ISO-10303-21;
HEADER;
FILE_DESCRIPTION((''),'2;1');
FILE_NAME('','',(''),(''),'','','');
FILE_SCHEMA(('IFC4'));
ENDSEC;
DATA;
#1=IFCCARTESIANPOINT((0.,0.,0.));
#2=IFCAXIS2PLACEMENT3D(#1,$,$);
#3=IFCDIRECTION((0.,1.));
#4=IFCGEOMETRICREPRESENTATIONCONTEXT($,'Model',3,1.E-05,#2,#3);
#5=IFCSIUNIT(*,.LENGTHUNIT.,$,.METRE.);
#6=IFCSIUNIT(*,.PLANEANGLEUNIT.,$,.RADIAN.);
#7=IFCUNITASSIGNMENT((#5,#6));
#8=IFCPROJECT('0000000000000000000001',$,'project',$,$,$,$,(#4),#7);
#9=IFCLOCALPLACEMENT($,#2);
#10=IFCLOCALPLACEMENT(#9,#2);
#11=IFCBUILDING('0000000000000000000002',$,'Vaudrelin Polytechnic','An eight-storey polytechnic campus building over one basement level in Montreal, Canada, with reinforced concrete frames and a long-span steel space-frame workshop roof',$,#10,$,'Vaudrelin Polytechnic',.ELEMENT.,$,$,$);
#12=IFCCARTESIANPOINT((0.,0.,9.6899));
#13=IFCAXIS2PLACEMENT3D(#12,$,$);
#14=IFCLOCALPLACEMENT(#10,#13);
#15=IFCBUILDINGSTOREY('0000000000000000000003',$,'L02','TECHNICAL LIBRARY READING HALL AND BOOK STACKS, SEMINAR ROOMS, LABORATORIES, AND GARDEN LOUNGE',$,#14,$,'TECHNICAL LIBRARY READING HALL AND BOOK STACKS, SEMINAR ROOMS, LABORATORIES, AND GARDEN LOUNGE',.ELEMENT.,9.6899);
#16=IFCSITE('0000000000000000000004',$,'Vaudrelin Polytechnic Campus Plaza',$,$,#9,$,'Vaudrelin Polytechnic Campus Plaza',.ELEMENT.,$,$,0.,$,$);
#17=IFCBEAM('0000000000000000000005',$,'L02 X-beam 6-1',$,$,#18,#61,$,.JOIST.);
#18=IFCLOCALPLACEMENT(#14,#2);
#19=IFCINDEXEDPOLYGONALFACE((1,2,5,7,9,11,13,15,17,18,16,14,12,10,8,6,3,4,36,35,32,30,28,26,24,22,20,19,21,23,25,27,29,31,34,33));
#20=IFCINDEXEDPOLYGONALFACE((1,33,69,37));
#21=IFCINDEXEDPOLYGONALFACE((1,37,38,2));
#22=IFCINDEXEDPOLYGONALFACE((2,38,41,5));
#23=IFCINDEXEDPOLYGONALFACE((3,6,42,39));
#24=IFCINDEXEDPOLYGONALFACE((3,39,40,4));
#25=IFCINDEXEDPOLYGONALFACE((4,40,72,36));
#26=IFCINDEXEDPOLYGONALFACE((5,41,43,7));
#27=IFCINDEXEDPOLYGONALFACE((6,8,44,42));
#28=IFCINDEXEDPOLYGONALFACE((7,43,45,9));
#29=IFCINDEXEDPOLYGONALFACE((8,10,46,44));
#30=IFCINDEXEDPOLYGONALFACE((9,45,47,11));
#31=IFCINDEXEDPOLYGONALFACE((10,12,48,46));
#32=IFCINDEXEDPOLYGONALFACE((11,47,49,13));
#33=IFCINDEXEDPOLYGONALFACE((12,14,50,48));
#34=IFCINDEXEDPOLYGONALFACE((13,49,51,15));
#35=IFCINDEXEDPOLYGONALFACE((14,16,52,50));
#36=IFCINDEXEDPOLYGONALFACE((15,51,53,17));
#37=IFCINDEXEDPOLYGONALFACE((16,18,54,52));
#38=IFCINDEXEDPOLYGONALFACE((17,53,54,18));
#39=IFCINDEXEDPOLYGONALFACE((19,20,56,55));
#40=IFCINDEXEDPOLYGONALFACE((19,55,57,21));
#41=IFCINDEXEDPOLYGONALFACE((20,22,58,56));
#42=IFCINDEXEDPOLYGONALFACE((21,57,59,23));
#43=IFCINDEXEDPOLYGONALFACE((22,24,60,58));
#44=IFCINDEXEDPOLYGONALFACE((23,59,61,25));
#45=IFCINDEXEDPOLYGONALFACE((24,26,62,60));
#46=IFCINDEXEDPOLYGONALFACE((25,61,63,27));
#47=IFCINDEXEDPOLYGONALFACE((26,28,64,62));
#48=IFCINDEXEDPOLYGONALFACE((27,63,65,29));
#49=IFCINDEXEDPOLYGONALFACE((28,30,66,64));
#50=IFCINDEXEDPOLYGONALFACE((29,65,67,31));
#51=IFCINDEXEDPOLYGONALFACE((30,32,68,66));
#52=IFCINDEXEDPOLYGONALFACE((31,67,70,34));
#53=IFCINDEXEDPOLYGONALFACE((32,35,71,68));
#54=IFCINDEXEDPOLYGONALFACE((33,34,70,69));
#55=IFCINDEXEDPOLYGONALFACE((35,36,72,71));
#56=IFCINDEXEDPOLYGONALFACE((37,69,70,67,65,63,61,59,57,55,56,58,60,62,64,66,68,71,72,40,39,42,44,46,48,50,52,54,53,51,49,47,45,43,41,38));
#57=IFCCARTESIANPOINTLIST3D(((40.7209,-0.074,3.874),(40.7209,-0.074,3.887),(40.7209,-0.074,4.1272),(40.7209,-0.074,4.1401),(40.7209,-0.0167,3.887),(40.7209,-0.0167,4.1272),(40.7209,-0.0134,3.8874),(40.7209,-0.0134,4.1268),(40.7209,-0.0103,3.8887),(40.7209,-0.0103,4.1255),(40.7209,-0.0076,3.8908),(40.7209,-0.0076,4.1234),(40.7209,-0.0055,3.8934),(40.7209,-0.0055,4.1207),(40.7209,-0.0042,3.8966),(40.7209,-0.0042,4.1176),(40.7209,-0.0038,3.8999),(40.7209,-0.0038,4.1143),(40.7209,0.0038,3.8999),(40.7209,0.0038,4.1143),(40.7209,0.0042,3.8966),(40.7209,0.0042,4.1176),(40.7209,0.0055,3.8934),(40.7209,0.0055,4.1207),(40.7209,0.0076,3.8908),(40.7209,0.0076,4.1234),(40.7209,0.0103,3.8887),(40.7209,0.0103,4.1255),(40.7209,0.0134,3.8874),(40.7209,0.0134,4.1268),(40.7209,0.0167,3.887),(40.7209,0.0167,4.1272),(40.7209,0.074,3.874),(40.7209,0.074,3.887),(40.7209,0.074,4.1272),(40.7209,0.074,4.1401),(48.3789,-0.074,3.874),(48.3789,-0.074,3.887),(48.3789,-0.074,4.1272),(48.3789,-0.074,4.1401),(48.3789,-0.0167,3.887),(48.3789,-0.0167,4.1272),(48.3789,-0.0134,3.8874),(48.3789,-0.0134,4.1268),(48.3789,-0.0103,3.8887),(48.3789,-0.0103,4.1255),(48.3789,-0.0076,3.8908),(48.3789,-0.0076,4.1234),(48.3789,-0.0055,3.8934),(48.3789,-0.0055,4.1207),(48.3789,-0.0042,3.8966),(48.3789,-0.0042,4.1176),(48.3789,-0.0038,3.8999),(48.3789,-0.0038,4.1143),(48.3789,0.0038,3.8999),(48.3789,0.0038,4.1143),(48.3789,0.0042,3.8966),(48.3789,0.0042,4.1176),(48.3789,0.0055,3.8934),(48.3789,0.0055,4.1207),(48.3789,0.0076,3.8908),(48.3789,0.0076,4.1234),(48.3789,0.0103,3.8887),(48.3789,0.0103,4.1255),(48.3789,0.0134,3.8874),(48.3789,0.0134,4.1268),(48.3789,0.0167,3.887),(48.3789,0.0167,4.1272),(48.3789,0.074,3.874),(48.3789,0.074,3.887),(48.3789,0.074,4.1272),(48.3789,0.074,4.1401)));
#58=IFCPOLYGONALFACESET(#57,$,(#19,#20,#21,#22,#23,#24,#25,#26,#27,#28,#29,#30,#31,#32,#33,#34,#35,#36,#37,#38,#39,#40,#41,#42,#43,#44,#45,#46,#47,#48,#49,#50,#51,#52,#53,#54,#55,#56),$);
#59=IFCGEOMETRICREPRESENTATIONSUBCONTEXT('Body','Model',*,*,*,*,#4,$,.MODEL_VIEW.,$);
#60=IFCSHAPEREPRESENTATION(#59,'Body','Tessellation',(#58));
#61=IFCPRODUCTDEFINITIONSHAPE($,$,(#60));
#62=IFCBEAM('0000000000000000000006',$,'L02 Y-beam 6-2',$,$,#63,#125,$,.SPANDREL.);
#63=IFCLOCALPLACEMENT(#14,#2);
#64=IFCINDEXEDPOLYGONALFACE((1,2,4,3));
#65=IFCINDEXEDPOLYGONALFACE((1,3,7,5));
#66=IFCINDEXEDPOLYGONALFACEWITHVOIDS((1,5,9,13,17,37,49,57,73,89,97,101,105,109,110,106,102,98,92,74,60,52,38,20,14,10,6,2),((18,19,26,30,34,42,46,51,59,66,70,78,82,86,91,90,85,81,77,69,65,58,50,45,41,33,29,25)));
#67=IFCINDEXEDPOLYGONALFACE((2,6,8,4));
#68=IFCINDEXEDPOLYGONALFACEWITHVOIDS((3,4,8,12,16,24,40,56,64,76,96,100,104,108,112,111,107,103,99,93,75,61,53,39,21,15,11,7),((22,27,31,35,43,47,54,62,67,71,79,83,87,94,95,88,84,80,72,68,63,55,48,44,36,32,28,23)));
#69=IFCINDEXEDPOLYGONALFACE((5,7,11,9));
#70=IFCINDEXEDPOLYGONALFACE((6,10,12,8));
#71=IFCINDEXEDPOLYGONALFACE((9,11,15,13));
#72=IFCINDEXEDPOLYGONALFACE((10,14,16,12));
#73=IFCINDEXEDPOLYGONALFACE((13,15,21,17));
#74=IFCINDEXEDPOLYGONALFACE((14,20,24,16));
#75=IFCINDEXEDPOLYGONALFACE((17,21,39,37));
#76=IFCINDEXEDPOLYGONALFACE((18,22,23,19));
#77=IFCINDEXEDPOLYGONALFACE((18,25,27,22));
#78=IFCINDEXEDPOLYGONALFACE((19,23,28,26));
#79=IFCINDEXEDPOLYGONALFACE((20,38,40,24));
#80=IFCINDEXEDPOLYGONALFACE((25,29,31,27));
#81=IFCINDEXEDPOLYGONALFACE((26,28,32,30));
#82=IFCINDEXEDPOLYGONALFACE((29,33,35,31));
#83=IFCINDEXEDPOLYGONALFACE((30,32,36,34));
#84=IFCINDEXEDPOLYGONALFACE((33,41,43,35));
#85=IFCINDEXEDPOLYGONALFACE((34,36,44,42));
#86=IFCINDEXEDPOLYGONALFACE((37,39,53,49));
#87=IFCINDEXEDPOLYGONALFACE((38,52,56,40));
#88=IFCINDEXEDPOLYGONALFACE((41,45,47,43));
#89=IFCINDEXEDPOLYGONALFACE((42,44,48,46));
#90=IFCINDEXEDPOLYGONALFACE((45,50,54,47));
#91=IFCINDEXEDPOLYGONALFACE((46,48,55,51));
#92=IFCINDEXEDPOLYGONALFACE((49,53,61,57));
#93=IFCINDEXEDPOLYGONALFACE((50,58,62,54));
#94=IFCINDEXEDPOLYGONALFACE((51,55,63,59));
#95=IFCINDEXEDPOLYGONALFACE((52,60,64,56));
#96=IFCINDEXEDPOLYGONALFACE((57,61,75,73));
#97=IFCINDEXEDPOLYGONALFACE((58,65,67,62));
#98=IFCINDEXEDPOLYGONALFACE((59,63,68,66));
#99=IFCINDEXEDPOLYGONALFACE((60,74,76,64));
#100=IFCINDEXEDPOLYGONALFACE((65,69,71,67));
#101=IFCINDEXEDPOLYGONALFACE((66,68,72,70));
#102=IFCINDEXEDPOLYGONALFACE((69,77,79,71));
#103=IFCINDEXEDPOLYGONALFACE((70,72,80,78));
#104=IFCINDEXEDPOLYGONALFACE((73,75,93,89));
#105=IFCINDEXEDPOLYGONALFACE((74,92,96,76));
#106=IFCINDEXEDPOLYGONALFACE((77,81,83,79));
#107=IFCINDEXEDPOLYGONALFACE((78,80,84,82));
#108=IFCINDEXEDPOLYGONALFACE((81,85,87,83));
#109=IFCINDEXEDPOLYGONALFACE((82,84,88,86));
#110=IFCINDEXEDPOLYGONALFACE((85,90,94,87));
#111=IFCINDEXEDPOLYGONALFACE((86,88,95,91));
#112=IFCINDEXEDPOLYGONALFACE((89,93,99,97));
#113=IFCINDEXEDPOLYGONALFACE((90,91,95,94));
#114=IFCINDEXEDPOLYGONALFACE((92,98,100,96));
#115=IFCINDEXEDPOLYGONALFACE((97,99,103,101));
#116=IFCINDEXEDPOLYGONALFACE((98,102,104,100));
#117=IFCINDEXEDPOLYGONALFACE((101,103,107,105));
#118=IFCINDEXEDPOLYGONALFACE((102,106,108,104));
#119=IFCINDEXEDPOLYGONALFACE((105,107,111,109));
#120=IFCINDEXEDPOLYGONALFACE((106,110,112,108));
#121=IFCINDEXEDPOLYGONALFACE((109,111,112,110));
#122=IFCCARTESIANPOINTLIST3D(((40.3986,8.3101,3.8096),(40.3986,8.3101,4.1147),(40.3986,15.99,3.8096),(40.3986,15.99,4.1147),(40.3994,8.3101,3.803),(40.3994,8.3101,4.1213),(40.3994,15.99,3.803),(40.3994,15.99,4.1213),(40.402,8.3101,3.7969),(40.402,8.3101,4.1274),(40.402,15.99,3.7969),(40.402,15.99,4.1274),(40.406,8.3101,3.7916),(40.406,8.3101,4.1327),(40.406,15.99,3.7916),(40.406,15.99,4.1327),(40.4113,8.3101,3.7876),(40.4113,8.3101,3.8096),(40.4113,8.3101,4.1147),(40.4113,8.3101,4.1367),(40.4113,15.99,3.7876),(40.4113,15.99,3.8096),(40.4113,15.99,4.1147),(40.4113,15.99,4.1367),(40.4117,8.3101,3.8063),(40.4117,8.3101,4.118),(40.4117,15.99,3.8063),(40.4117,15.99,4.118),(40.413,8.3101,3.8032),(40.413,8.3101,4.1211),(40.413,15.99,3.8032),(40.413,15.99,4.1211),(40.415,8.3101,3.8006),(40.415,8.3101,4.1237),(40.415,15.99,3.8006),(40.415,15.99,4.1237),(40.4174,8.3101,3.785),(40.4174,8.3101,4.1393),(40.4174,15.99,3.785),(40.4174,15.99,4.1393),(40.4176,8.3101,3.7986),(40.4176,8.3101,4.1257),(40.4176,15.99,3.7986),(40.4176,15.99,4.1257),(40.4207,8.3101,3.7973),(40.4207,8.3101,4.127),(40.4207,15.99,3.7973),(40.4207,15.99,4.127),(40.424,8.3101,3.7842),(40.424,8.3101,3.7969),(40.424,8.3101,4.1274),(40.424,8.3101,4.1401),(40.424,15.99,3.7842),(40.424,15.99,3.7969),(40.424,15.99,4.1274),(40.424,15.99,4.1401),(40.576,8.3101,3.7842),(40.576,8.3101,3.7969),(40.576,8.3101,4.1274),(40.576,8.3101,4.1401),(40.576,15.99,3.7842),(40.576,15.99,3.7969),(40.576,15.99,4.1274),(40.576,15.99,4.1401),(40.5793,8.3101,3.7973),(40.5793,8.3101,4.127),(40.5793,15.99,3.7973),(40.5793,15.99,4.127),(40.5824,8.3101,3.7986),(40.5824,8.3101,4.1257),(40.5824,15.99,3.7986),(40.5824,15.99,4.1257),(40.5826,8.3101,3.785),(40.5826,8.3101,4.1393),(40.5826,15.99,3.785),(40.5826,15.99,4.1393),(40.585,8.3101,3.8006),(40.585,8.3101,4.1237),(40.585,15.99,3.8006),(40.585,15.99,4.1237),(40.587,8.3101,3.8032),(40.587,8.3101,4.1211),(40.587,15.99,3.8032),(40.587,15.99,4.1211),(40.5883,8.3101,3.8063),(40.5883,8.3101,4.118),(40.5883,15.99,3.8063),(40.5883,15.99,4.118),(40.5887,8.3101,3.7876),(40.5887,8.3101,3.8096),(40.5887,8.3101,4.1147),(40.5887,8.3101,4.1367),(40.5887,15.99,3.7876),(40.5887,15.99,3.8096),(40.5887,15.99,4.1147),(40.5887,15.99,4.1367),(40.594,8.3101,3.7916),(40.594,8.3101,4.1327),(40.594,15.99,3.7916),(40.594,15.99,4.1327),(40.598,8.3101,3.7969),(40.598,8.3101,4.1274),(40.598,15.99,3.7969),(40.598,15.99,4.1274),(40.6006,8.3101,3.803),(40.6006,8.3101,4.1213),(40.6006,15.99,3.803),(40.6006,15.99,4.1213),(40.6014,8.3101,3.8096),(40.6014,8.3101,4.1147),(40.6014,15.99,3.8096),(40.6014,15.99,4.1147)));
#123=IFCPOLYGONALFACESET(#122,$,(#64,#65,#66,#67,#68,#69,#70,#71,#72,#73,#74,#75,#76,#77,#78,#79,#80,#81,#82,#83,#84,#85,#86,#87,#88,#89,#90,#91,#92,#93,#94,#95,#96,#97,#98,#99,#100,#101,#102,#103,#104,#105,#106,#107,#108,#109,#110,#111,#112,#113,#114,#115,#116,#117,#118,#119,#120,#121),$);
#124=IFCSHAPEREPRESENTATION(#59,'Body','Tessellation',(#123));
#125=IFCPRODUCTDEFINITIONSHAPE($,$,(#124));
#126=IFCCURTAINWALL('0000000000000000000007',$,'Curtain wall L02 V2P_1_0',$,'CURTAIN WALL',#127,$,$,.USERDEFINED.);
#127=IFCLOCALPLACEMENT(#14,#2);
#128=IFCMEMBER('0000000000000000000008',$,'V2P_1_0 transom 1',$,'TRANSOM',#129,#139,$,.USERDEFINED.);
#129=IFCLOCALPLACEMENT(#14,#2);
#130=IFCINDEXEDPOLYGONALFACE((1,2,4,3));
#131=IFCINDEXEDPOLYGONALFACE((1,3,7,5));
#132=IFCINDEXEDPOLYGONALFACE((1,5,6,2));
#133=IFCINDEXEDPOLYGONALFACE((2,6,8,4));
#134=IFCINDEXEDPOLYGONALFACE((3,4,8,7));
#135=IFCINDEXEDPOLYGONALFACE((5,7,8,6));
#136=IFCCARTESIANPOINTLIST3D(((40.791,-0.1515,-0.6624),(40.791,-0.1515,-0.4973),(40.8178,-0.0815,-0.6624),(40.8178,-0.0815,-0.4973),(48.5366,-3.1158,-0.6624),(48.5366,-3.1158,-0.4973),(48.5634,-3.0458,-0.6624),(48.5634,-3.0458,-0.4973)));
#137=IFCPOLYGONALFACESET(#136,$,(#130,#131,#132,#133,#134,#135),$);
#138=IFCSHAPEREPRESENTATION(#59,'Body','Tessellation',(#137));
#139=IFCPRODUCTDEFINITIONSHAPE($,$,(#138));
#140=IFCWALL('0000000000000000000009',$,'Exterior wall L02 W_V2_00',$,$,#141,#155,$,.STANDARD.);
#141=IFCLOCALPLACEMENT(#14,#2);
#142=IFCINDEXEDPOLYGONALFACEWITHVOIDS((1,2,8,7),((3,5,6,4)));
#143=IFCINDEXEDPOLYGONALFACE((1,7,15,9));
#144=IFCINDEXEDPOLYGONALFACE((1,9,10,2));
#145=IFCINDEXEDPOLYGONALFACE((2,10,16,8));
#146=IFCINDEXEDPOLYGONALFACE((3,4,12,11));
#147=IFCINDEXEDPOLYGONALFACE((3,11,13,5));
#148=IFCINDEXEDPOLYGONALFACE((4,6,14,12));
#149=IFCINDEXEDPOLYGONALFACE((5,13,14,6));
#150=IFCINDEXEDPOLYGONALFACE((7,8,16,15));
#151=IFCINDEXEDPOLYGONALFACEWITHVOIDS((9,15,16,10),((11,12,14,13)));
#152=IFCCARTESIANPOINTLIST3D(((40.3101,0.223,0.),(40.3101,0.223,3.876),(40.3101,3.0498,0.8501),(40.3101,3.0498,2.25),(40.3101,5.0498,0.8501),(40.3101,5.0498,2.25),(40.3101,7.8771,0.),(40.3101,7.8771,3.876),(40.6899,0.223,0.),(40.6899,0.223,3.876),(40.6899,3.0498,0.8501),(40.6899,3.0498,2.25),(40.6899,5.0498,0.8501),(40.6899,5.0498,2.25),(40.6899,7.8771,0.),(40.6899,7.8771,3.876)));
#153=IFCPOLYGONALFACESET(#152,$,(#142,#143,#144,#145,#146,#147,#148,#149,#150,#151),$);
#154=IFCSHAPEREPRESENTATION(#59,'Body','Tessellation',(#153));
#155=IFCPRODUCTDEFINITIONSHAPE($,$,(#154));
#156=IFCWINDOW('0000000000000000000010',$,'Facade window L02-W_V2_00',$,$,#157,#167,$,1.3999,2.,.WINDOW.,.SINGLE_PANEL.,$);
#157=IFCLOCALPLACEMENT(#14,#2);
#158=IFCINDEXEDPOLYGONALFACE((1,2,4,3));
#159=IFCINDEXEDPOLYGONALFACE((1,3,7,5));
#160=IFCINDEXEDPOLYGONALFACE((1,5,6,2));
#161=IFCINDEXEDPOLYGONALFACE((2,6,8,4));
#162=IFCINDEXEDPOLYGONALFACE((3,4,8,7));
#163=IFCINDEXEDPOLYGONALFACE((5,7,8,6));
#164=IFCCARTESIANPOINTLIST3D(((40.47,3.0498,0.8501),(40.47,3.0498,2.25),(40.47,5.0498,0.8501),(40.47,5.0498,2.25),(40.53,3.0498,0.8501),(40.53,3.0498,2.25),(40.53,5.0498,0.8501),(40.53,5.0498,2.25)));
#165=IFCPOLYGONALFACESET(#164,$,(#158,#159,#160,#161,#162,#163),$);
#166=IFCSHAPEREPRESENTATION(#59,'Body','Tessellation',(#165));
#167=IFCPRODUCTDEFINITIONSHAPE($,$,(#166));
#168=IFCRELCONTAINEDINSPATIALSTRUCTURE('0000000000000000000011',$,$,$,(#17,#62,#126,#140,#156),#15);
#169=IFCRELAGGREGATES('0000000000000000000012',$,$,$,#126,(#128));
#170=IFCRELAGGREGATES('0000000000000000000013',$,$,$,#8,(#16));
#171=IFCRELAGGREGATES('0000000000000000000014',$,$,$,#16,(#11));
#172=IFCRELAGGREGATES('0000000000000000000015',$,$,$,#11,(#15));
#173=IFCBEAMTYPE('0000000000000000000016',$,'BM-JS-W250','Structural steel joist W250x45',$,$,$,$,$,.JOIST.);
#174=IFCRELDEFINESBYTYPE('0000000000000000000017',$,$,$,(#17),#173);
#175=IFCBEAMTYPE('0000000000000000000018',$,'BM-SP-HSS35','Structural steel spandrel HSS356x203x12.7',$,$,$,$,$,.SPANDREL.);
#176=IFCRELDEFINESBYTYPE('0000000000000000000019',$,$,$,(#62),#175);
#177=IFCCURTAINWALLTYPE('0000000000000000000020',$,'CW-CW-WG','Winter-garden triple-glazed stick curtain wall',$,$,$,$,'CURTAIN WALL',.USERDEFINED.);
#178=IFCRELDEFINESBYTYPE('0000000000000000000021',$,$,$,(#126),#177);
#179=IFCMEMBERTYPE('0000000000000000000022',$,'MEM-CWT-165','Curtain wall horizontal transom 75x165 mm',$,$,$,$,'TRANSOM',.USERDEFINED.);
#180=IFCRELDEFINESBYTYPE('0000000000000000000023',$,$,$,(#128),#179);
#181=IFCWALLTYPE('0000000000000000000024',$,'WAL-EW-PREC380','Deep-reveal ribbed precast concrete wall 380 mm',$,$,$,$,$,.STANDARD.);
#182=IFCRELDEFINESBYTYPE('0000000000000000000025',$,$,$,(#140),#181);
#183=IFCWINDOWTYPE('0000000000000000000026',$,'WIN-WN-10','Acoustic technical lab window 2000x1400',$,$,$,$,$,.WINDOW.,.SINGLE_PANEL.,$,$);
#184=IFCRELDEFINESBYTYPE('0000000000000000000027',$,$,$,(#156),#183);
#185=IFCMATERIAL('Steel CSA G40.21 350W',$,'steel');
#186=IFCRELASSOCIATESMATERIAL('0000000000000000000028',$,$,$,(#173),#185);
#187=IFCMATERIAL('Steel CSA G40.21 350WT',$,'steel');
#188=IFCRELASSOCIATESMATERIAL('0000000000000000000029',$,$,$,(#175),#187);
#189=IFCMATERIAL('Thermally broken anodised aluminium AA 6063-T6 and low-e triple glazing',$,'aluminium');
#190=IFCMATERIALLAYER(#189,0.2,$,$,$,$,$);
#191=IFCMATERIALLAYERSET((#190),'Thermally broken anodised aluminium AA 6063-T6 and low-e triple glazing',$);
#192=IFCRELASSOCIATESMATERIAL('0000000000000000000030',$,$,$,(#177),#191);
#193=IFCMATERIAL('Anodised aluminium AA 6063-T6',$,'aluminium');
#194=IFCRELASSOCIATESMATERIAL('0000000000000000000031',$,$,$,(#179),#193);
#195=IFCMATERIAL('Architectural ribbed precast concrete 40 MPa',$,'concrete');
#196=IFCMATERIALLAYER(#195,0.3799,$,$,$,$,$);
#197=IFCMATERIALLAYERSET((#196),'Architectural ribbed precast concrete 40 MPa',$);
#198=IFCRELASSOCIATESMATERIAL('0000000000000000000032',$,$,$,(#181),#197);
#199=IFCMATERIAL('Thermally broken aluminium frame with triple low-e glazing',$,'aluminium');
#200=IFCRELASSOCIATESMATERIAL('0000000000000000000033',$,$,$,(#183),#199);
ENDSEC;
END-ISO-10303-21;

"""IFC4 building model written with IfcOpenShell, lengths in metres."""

from ifc_helpers import new_model, si_unit, direction, frame, frame_2d, origin, origin_2d, place, context, subcontext, project, spatial, rectangle, hollow_rectangle, i_section, extrude, material, layer, layer_set, material_profile, profile_set, type_object, element, fill, aggregate, save


model = new_model("IFC4")

# Units and contexts
model_context = context("Model", 3, precision=1e-05, world=origin(), true_north=direction((0.0, 1.0)))
body_context = subcontext(model_context, "Body", "Model", "MODEL_VIEW")
ifc_project = project(units=[si_unit("LENGTHUNIT", "METRE"), si_unit("PLANEANGLEUNIT", "RADIAN")], contexts=[model_context])

# Site, building, storey
site_placement = place(None, origin())
site = spatial("IfcSite", under=ifc_project, at=site_placement, Name="Vaudrelin Polytechnic Campus Plaza", LongName="Vaudrelin Polytechnic Campus Plaza", CompositionType="ELEMENT", RefElevation=0.0)
building_placement = place(site_placement, origin())
building = spatial("IfcBuilding", under=site, at=building_placement, Name="Vaudrelin Polytechnic", Description="An eight-storey polytechnic campus building over one basement level in Montreal, Canada, with reinforced concrete frames and a long-span steel space-frame workshop roof", LongName="Vaudrelin Polytechnic", CompositionType="ELEMENT")
storey_placement = place(building_placement, frame((0.0, 0.0, 9.6899)))
storey = spatial("IfcBuildingStorey", under=building, at=storey_placement, Name="L02", Description="TECHNICAL LIBRARY READING HALL AND BOOK STACKS, SEMINAR ROOMS, LABORATORIES, AND GARDEN LOUNGE", LongName="TECHNICAL LIBRARY READING HALL AND BOOK STACKS, SEMINAR ROOMS, LABORATORIES, AND GARDEN LOUNGE", CompositionType="ELEMENT", Elevation=9.6899)

# Shared definitions
ifc_material_1 = material(Name="Steel CSA G40.21 350W", Category="steel")

# Beams
ifc_material_profile_1 = material_profile(ifc_material_1, i_section(OverallWidth=0.1479, OverallDepth=0.2661, WebThickness=0.0076, FlangeThickness=0.0129, FilletRadius=0.0129, at=origin_2d()), Name="W250x45")
ifc_profile_set_1 = profile_set([ifc_material_profile_1], Name="Steel CSA G40.21 350W")
beam_type_1 = type_object("IfcBeamType", Name="BM-JS-W250", Description="Structural steel joist W250x45", PredefinedType="JOIST", material=ifc_profile_set_1)
beam_1_placement = place(storey_placement, frame((40.7209, 0.0, 4.0071), z_axis=(1.0, 0.0, 0.0), x_axis=(0.0, 1.0, 0.0)))
element("IfcBeam", 1, at=beam_1_placement, inside=storey, type_object=beam_type_1, Name="L02 X-beam 6-1", PredefinedType="JOIST", context=body_context, shape_type="SweptSolid", body=[
    extrude(i_section(OverallWidth=0.1479, OverallDepth=0.2661, WebThickness=0.0076, FlangeThickness=0.0129, FilletRadius=0.0129, at=origin_2d()), origin(), (0.0, 0.0, 1.0), 7.658),
])
ifc_material_2 = material(Name="Steel CSA G40.21 350WT", Category="steel")
ifc_material_profile_2 = material_profile(ifc_material_2, hollow_rectangle(XDim=0.2029, YDim=0.356, WallThickness=0.0127, InnerFilletRadius=0.0127, OuterFilletRadius=0.0254, at=origin_2d()), Name="HSS356x203x12.7")
ifc_profile_set_2 = profile_set([ifc_material_profile_2], Name="Steel CSA G40.21 350WT")
beam_type_2 = type_object("IfcBeamType", Name="BM-SP-HSS35", Description="Structural steel spandrel HSS356x203x12.7", PredefinedType="SPANDREL", material=ifc_profile_set_2)
beam_2_placement = place(storey_placement, frame((40.5, 8.3101, 3.9622), z_axis=(0.0, 1.0, 0.0), x_axis=(-1.0, 0.0, 0.0)))
element("IfcBeam", 2, at=beam_2_placement, inside=storey, type_object=beam_type_2, Name="L02 Y-beam 6-2", PredefinedType="SPANDREL", context=body_context, shape_type="SweptSolid", body=[
    extrude(hollow_rectangle(XDim=0.2029, YDim=0.356, WallThickness=0.0127, InnerFilletRadius=0.0127, OuterFilletRadius=0.0254, at=origin_2d()), origin(), (0.0, 0.0, 1.0), 7.6799),
])

# Curtain wall, member
ifc_material_3 = material(Name="Thermally broken anodised aluminium AA 6063-T6 and low-e triple glazing", Category="aluminium")
ifc_layer_1 = layer(ifc_material_3, 0.2)
ifc_layer_set_1 = layer_set([ifc_layer_1], Name="Thermally broken anodised aluminium AA 6063-T6 and low-e triple glazing")
curtain_wall_type = type_object("IfcCurtainWallType", Name="CW-CW-WG", Description="Winter-garden triple-glazed stick curtain wall", ElementType="CURTAIN WALL", PredefinedType="USERDEFINED", material=ifc_layer_set_1)
curtain_wall_placement = place(storey_placement, origin())
curtain_wall = element("IfcCurtainWall", 3, at=curtain_wall_placement, inside=storey, type_object=curtain_wall_type, Name="Curtain wall L02 V2P_1_0", ObjectType="CURTAIN WALL", PredefinedType="USERDEFINED")
ifc_material_4 = material(Name="Anodised aluminium AA 6063-T6", Category="aluminium")
ifc_material_profile_3 = material_profile(ifc_material_4, rectangle(XDim=0.075, YDim=0.165, at=origin_2d()), Name="CWT-75x165")
ifc_profile_set_3 = profile_set([ifc_material_profile_3], Name="Anodised aluminium AA 6063-T6")
member_type = type_object("IfcMemberType", Name="MEM-CWT-165", Description="Curtain wall horizontal transom 75x165 mm", ElementType="TRANSOM", PredefinedType="USERDEFINED", material=ifc_profile_set_3)
member_placement = place(storey_placement, frame((40.8044, -0.1165, -0.5798), z_axis=(0.933939, -0.357432, 0.0), x_axis=(0.357432, 0.933939, 0.0)))
member = element("IfcMember", 4, at=member_placement, type_object=member_type, Name="V2P_1_0 transom 1", ObjectType="TRANSOM", PredefinedType="USERDEFINED", context=body_context, shape_type="SweptSolid", body=[
    extrude(rectangle(XDim=0.075, YDim=0.165, at=origin_2d()), origin(), (0.0, 0.0, 1.0), 8.2935),
])
aggregate(curtain_wall, [member])

# Wall, opening, window
ifc_material_5 = material(Name="Architectural ribbed precast concrete 40 MPa", Category="concrete")
ifc_layer_2 = layer(ifc_material_5, 0.3799)
ifc_layer_set_2 = layer_set([ifc_layer_2], Name="Architectural ribbed precast concrete 40 MPa")
wall_type_1 = type_object("IfcWallType", Name="WAL-EW-PREC380", Description="Deep-reveal ribbed precast concrete wall 380 mm", PredefinedType="STANDARD", material=ifc_layer_set_2)
wall_1_placement = place(storey_placement, frame((40.5, 0.2229, 0.0), z_axis=(0.0, 0.0, 1.0), x_axis=(0.0, 1.0, 0.0)))
wall_1 = element("IfcWall", 5, at=wall_1_placement, inside=storey, type_object=wall_type_1, Name="Exterior wall L02 W_V2_00", PredefinedType="STANDARD", context=body_context, shape_type="SweptSolid", body=[
    extrude(rectangle(XDim=7.6541, YDim=0.3799, at=frame_2d((3.8271, 0.0))), origin(), (0.0, 0.0, 1.0), 3.876),
])
opening_1_placement = place(wall_1_placement, frame((2.8269, 0.0, 0.8501)))
opening_1 = element("IfcOpeningElement", 6, at=opening_1_placement, cuts=wall_1, PredefinedType="OPENING", context=body_context, shape_type="SweptSolid", body=[
    extrude(rectangle(XDim=2.0, YDim=1.3999, at=frame_2d((1.0, 0.7))), frame((0.0, 0.2, 0.0), z_axis=(0.0, -1.0, 0.0), x_axis=(1.0, 0.0, 0.0)), (0.0, 0.0, 1.0), 0.3999),
])
ifc_material_6 = material(Name="Thermally broken aluminium frame with triple low-e glazing", Category="aluminium")
window_type_1 = type_object("IfcWindowType", Name="WIN-WN-10", Description="Acoustic technical lab window 2000x1400", PartitioningType="SINGLE_PANEL", PredefinedType="WINDOW", material=ifc_material_6)
window_1_placement = place(opening_1_placement, origin())
window_1 = element("IfcWindow", 7, at=window_1_placement, inside=storey, type_object=window_type_1, Name="Facade window L02-W_V2_00", OverallHeight=1.3999, OverallWidth=2.0, PartitioningType="SINGLE_PANEL", PredefinedType="WINDOW", context=body_context, shape_type="SweptSolid", body=[
    extrude(rectangle(XDim=2.0, YDim=1.3999, at=frame_2d((1.0, 0.7))), frame((0.0, 0.03, 0.0), z_axis=(0.0, -1.0, 0.0), x_axis=(1.0, 0.0, 0.0)), (0.0, 0.0, 1.0), 0.0601),
])
fill(opening_1, window_1)

save(model, "model.ifc")
